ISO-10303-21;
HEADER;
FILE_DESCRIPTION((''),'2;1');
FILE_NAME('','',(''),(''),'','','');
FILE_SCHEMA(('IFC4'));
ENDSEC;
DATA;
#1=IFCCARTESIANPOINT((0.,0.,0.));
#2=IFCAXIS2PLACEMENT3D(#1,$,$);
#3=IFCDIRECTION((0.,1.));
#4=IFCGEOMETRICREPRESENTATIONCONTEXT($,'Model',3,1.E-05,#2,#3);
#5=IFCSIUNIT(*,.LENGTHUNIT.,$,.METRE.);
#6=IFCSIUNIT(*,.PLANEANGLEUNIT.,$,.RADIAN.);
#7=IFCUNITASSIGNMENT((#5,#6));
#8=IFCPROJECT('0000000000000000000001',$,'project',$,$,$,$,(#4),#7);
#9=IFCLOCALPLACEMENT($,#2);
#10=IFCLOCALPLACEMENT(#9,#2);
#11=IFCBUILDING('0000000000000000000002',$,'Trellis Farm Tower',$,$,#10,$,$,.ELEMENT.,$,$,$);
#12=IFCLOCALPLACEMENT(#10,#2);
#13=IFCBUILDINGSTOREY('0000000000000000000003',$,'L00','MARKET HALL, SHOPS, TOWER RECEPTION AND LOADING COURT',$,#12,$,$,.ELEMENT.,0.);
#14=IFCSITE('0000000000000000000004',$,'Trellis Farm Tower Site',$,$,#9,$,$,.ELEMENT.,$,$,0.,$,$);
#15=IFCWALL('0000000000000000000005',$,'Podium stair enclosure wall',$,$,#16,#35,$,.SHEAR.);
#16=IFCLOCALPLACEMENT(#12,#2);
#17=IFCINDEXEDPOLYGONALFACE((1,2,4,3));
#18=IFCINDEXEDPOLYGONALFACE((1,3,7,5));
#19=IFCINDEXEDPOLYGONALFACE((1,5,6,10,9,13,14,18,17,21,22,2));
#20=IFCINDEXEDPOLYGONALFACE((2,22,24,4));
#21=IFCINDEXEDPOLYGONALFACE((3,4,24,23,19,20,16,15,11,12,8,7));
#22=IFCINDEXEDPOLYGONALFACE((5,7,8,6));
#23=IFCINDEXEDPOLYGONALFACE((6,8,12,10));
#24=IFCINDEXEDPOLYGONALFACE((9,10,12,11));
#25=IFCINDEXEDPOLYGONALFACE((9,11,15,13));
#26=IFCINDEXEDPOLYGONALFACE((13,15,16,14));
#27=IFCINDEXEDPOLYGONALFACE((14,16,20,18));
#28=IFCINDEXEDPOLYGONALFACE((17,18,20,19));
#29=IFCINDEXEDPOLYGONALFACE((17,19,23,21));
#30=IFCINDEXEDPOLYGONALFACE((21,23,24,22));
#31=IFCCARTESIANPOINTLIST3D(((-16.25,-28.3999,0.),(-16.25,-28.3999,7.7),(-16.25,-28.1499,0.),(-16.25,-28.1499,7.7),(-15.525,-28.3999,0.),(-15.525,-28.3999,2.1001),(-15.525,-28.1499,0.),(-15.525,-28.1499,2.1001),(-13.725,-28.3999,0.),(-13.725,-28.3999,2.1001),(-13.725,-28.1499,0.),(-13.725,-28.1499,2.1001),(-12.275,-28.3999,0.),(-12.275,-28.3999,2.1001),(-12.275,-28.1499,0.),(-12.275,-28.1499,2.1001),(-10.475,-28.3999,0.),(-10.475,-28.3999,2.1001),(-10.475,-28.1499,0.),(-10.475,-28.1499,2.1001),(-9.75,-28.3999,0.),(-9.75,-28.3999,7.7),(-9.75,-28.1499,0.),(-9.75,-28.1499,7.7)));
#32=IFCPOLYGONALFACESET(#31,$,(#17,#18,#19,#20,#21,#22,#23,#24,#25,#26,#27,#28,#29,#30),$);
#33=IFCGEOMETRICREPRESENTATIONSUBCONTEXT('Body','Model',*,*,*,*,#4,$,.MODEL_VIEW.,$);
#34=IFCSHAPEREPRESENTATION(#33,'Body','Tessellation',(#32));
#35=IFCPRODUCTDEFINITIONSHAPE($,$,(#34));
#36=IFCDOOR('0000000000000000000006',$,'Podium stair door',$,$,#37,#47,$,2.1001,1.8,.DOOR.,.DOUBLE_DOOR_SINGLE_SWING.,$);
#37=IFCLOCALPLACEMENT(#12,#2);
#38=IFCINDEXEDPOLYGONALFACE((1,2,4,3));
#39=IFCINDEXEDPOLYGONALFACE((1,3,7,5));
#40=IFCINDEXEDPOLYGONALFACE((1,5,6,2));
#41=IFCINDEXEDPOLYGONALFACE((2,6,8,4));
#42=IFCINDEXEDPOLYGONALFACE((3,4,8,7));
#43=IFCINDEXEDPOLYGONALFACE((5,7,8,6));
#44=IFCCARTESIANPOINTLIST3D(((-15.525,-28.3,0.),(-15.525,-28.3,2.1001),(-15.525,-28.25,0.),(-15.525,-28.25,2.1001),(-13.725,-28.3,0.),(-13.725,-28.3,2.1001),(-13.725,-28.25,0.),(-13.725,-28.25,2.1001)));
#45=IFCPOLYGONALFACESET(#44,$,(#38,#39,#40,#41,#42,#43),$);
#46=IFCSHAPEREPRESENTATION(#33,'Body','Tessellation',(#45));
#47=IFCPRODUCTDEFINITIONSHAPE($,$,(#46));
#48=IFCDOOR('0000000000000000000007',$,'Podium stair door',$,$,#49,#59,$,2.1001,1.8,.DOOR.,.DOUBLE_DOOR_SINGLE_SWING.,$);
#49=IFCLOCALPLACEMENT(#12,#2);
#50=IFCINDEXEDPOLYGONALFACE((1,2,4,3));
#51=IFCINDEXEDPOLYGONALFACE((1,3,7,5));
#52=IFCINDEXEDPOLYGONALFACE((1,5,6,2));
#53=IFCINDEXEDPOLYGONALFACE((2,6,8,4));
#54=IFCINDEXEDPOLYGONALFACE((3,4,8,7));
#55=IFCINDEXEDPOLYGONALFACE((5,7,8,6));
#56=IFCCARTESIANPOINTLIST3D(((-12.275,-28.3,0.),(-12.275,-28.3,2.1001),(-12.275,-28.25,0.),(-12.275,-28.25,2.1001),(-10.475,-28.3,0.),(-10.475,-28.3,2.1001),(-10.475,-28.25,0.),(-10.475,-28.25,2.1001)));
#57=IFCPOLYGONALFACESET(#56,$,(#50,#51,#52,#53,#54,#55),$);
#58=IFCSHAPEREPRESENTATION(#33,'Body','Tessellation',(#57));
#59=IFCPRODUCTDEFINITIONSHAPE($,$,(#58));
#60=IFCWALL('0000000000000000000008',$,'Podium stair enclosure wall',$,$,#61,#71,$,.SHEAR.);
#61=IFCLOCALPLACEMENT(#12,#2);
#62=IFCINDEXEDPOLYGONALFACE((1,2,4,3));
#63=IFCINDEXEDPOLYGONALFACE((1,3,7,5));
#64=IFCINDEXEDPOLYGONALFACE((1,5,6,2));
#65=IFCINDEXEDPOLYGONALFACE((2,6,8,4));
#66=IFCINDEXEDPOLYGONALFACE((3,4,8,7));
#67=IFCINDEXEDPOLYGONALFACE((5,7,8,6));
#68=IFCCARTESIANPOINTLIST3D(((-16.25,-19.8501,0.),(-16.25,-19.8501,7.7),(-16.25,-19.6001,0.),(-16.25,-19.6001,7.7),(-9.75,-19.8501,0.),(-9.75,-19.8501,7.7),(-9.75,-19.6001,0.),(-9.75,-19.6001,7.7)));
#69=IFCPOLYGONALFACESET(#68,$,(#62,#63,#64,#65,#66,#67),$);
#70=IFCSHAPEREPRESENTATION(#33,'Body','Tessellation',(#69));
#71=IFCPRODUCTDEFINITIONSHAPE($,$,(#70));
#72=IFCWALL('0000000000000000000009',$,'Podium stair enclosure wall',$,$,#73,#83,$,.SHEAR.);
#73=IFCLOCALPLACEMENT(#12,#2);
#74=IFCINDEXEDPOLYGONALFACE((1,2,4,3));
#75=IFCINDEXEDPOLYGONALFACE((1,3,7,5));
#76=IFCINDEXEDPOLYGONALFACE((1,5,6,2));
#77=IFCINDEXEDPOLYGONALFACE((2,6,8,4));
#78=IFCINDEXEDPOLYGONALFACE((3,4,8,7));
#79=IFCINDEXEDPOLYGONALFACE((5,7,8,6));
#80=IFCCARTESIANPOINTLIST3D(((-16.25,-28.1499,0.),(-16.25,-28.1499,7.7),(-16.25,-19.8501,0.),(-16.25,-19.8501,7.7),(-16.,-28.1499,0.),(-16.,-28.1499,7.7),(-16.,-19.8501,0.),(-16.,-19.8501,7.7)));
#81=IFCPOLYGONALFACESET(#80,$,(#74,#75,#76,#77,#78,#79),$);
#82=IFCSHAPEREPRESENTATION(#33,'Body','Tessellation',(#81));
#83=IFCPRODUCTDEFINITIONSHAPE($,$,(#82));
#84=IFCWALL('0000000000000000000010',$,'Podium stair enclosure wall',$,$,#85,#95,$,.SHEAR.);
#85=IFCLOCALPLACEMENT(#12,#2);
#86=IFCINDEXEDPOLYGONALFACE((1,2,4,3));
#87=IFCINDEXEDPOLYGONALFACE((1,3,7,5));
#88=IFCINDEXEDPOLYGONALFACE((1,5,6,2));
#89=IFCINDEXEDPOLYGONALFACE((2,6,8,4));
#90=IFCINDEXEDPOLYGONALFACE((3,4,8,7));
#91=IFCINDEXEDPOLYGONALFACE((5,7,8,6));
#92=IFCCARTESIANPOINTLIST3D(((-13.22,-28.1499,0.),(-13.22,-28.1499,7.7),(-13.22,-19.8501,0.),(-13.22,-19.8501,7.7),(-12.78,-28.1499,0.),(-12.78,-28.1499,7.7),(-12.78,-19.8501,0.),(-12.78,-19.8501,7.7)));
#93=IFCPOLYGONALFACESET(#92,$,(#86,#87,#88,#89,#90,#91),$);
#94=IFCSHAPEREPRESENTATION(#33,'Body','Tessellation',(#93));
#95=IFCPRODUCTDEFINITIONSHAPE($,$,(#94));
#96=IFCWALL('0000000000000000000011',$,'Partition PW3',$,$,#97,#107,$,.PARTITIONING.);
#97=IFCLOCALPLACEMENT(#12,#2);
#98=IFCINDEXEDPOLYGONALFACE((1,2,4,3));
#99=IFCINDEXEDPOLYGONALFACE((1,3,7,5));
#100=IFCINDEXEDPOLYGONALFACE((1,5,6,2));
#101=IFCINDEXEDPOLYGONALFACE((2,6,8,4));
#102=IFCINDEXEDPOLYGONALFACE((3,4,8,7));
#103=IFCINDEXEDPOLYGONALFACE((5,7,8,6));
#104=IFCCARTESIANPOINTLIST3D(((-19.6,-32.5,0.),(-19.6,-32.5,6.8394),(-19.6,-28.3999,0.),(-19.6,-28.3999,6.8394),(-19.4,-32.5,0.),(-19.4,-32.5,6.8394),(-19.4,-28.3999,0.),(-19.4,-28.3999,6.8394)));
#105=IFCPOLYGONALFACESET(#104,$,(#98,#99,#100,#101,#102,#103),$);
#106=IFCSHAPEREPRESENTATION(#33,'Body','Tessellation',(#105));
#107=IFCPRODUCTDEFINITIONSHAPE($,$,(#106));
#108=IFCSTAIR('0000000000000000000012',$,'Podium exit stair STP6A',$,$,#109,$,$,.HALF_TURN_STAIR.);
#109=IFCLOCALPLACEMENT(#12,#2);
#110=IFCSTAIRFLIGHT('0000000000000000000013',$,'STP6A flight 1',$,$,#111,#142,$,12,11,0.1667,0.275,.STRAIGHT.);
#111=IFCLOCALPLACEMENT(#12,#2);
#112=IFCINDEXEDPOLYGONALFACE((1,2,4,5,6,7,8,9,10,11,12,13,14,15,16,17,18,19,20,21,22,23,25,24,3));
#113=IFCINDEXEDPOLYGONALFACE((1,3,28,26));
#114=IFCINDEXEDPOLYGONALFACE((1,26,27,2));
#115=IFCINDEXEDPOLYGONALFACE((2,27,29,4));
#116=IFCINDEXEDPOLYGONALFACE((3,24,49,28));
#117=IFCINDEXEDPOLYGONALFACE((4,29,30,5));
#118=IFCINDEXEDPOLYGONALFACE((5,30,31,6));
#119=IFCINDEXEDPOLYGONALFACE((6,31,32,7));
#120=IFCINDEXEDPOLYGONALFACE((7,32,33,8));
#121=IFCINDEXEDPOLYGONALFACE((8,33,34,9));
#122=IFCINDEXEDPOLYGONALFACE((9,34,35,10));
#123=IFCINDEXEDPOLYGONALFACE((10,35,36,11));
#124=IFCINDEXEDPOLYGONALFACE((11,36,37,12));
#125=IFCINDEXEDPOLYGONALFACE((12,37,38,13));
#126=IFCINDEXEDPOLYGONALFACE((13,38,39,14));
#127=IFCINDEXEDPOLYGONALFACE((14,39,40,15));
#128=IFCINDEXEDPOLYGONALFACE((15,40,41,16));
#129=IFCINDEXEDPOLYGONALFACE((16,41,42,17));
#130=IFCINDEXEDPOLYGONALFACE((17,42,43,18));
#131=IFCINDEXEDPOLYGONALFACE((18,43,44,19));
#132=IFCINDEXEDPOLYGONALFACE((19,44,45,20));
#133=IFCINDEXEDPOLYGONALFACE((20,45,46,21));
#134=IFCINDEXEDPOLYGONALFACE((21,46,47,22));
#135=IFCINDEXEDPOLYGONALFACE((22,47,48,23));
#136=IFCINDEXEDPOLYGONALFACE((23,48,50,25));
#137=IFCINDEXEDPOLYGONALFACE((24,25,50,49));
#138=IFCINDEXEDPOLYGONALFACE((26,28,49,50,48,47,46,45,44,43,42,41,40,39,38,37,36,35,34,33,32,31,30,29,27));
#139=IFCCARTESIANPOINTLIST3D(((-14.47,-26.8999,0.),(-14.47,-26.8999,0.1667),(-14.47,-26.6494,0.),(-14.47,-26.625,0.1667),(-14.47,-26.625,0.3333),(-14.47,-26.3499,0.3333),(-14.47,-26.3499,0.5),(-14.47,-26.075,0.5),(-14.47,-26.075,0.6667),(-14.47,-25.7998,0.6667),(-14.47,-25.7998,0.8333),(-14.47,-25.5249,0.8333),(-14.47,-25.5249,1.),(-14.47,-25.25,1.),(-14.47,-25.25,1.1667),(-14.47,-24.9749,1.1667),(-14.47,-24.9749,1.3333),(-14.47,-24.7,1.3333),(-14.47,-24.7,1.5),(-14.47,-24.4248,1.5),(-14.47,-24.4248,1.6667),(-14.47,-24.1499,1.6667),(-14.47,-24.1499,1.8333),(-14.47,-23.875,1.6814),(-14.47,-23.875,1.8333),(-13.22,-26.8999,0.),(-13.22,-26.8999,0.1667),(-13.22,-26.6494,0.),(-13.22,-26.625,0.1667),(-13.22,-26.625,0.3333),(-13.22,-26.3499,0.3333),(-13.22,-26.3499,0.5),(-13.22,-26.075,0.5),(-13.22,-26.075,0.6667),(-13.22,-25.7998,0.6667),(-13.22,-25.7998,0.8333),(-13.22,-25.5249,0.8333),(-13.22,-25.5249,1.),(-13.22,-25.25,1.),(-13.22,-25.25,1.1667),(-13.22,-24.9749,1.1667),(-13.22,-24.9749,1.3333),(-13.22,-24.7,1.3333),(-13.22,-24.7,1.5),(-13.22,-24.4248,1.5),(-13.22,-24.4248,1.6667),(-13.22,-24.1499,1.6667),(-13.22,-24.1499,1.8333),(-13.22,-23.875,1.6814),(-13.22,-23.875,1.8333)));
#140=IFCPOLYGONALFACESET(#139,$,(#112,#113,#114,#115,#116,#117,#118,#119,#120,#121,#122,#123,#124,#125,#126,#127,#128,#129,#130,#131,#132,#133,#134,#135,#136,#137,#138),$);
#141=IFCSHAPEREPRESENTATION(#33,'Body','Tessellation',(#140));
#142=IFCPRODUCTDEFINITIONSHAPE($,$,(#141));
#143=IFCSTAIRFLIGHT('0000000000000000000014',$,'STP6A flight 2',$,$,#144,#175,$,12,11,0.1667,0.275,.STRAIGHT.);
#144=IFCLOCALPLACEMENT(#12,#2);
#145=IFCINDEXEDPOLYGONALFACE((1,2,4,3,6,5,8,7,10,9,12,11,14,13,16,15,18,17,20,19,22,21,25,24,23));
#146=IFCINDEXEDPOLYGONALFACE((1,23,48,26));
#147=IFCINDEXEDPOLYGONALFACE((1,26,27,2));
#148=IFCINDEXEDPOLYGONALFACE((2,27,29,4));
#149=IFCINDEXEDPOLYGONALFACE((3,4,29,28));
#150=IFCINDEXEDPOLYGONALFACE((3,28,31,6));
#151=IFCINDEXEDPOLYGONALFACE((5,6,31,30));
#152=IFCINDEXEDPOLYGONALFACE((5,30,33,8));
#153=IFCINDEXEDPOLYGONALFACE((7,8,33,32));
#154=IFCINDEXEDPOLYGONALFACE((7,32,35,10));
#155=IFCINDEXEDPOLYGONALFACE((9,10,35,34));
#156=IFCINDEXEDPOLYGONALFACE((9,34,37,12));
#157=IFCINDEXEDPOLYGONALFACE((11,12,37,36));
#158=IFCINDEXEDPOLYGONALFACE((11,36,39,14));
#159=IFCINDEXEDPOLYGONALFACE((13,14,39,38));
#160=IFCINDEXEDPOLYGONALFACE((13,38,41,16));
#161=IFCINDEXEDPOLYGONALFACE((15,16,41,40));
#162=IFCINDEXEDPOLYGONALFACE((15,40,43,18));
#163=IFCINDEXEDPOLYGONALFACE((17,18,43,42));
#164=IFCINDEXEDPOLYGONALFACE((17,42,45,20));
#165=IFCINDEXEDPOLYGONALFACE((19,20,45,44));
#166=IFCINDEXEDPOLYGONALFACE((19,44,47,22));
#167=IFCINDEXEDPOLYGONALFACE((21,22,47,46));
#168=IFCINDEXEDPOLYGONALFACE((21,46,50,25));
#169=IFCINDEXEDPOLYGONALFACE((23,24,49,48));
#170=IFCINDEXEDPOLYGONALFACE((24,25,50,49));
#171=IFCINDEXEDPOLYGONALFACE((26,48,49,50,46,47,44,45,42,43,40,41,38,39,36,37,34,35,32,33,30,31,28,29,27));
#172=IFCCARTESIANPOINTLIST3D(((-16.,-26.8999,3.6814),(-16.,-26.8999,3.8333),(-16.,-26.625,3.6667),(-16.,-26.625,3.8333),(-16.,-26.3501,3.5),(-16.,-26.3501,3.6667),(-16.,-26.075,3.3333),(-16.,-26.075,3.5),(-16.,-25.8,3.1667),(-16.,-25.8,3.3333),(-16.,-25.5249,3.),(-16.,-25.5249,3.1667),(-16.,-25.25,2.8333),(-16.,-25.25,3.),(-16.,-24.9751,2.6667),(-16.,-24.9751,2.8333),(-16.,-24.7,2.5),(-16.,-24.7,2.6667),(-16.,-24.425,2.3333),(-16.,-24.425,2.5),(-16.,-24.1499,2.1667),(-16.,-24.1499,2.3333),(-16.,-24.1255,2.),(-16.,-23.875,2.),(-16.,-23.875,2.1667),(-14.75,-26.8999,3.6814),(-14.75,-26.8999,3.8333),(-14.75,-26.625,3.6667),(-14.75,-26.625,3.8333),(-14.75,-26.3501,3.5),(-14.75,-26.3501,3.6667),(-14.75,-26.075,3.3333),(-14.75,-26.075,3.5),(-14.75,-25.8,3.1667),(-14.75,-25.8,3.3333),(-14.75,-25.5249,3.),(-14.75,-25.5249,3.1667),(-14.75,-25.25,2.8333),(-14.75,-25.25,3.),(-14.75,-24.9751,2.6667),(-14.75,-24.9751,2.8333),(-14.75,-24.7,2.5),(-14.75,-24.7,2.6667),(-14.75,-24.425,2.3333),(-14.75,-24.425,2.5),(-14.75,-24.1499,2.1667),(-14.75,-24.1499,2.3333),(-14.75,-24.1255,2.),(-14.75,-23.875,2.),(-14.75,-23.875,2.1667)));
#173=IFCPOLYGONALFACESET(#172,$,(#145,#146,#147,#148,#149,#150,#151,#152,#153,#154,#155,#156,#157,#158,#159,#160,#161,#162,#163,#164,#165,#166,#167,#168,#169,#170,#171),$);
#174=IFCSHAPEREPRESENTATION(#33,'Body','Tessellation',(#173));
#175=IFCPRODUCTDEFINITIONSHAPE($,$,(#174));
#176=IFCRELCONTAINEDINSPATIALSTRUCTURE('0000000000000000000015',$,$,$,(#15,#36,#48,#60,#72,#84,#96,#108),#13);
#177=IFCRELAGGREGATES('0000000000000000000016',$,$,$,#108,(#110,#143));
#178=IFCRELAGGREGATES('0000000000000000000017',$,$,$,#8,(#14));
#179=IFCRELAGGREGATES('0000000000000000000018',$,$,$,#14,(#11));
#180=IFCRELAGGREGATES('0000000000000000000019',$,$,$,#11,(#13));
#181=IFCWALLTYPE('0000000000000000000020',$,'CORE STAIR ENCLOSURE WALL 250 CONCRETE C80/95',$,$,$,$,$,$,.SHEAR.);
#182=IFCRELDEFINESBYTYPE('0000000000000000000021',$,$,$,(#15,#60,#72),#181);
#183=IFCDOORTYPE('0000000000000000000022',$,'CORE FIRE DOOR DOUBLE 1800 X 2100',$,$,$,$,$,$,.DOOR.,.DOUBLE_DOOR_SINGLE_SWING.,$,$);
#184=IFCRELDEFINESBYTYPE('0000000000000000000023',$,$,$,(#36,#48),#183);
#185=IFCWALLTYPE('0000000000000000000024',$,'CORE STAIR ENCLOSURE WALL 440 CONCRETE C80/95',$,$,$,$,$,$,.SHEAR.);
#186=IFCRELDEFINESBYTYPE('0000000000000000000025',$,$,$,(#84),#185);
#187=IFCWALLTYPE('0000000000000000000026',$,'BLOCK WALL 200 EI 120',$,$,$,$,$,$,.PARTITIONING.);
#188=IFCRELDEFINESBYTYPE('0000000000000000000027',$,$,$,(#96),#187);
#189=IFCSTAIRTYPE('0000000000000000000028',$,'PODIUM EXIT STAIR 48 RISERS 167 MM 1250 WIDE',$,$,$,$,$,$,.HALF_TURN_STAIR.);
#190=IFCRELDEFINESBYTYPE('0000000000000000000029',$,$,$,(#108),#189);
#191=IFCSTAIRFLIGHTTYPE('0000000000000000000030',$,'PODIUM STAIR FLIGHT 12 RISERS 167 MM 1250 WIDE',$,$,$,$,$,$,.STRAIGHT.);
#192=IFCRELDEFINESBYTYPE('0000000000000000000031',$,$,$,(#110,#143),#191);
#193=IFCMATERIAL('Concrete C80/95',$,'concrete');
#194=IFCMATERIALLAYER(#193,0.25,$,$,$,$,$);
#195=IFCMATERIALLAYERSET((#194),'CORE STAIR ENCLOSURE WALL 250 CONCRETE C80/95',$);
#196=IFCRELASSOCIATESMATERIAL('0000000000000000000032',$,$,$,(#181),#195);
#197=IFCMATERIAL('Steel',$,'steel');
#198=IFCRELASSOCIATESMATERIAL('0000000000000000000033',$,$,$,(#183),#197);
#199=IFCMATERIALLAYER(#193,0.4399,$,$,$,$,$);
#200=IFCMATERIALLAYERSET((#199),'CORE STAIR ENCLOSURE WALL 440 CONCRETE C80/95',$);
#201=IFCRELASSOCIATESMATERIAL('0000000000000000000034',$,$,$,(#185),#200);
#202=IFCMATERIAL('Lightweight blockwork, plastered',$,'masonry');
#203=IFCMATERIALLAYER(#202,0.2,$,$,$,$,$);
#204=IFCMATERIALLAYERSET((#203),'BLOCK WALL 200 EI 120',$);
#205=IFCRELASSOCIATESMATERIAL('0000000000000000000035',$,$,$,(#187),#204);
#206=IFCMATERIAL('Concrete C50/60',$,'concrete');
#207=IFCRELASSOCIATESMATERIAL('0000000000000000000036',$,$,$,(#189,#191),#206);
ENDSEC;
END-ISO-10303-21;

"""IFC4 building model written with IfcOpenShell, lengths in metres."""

from ifc_helpers import new_model, si_unit, direction, frame, frame_2d, origin, place, context, subcontext, project, spatial, polyline, rectangle, outline, extrude, source, transform, mapped, material, layer, layer_set, type_object, element, fill, aggregate, save


model = new_model("IFC4")

# Units and contexts
model_context = context("Model", 3, precision=1e-05, world=origin(), true_north=direction((0.0, 1.0)))
body_context = subcontext(model_context, "Body", "Model", "MODEL_VIEW")
ifc_project = project(units=[si_unit("LENGTHUNIT", "METRE"), si_unit("PLANEANGLEUNIT", "RADIAN")], contexts=[model_context])

# Site, building, storey
site_placement = place(None, origin())
site = spatial("IfcSite", under=ifc_project, at=site_placement, Name="Trellis Farm Tower Site", CompositionType="ELEMENT", RefElevation=0.0)
building_placement = place(site_placement, origin())
building = spatial("IfcBuilding", under=site, at=building_placement, Name="Trellis Farm Tower", CompositionType="ELEMENT")
storey_placement = place(building_placement, origin())
storey = spatial("IfcBuildingStorey", under=building, at=storey_placement, Name="L00", Description="MARKET HALL, SHOPS, TOWER RECEPTION AND LOADING COURT", CompositionType="ELEMENT", Elevation=0.0)

# Wall, openings, doors
ifc_material_1 = material(Name="Concrete C80/95", Category="concrete")
ifc_layer_1 = layer(ifc_material_1, 0.25)
ifc_layer_set_1 = layer_set([ifc_layer_1], Name="CORE STAIR ENCLOSURE WALL 250 CONCRETE C80/95")
wall_type_1 = type_object("IfcWallType", Name="CORE STAIR ENCLOSURE WALL 250 CONCRETE C80/95", PredefinedType="SHEAR", material=ifc_layer_set_1)
shared_shape_1 = source(origin(), body_context, "Body", "SweptSolid", [
    extrude(rectangle(XDim=6.5, YDim=0.25, at=frame_2d((3.25, 0.0))), origin(), (0.0, 0.0, 1.0), 7.7),
])
wall_1_placement = place(storey_placement, frame((-16.25, -28.2749, 0.0), z_axis=(0.0, 0.0, 1.0), x_axis=(1.0, 0.0, 0.0)))
wall_1 = element("IfcWall", 1, at=wall_1_placement, inside=storey, type_object=wall_type_1, Name="Podium stair enclosure wall", PredefinedType="SHEAR", context=body_context, shape_type="MappedRepresentation", body=[
    mapped(shared_shape_1, transform((0.0, 0.0, 0.0))),
])
shared_shape_2 = source(origin(), body_context, "Body", "SweptSolid", [
    extrude(rectangle(XDim=1.8, YDim=2.1001, at=frame_2d((0.8999, 1.05))), frame((0.0, 0.135, 0.0), z_axis=(0.0, -1.0, 0.0), x_axis=(1.0, 0.0, 0.0)), (0.0, 0.0, 1.0), 0.27),
])
opening_1_placement = place(wall_1_placement, frame((0.7251, 0.0, 0.0)))
opening_1 = element("IfcOpeningElement", 2, at=opening_1_placement, cuts=wall_1, PredefinedType="OPENING", context=body_context, shape_type="MappedRepresentation", body=[
    mapped(shared_shape_2, transform((0.0, 0.0, 0.0))),
])
opening_2_placement = place(wall_1_placement, frame((3.9751, 0.0, 0.0)))
opening_2 = element("IfcOpeningElement", 3, at=opening_2_placement, cuts=wall_1, PredefinedType="OPENING", context=body_context, shape_type="MappedRepresentation", body=[
    mapped(shared_shape_2, transform((0.0, 0.0, 0.0))),
])
ifc_material_2 = material(Name="Steel", Category="steel")
door_type = type_object("IfcDoorType", Name="CORE FIRE DOOR DOUBLE 1800 X 2100", OperationType="DOUBLE_DOOR_SINGLE_SWING", PredefinedType="DOOR", material=ifc_material_2)
shared_shape_3 = source(origin(), body_context, "Body", "SweptSolid", [
    extrude(rectangle(XDim=1.8, YDim=2.1001, at=frame_2d((0.8999, 1.05))), frame((0.0, 0.0249, 0.0), z_axis=(0.0, -1.0, 0.0), x_axis=(1.0, 0.0, 0.0)), (0.0, 0.0, 1.0), 0.05),
])
door_1_placement = place(opening_1_placement, origin())
door_1 = element("IfcDoor", 4, at=door_1_placement, inside=storey, type_object=door_type, Name="Podium stair door", OperationType="DOUBLE_DOOR_SINGLE_SWING", OverallHeight=2.1001, OverallWidth=1.8, PredefinedType="DOOR", context=body_context, shape_type="MappedRepresentation", body=[
    mapped(shared_shape_3, transform((0.0, 0.0, 0.0))),
])
fill(opening_1, door_1)
door_2_placement = place(opening_2_placement, origin())
door_2 = element("IfcDoor", 5, at=door_2_placement, inside=storey, type_object=door_type, Name="Podium stair door", OperationType="DOUBLE_DOOR_SINGLE_SWING", OverallHeight=2.1001, OverallWidth=1.8, PredefinedType="DOOR", context=body_context, shape_type="MappedRepresentation", body=[
    mapped(shared_shape_3, transform((0.0, 0.0, 0.0))),
])
fill(opening_2, door_2)

# Walls
wall_2_placement = place(storey_placement, frame((-16.25, -19.7251, 0.0), z_axis=(0.0, 0.0, 1.0), x_axis=(1.0, 0.0, 0.0)))
element("IfcWall", 6, at=wall_2_placement, inside=storey, type_object=wall_type_1, Name="Podium stair enclosure wall", PredefinedType="SHEAR", context=body_context, shape_type="MappedRepresentation", body=[
    mapped(shared_shape_1, transform((0.0, 0.0, 0.0))),
])
shared_shape_4 = source(origin(), body_context, "Body", "SweptSolid", [
    extrude(rectangle(XDim=8.2998, YDim=0.25, at=frame_2d((4.1499, 0.0))), origin(), (0.0, 0.0, 1.0), 7.7),
])
wall_3_placement = place(storey_placement, frame((-16.125, -28.1499, 0.0), z_axis=(0.0, 0.0, 1.0), x_axis=(0.0, 1.0, 0.0)))
element("IfcWall", 7, at=wall_3_placement, inside=storey, type_object=wall_type_1, Name="Podium stair enclosure wall", PredefinedType="SHEAR", context=body_context, shape_type="MappedRepresentation", body=[
    mapped(shared_shape_4, transform((0.0, 0.0, 0.0))),
])
ifc_layer_2 = layer(ifc_material_1, 0.4399)
ifc_layer_set_2 = layer_set([ifc_layer_2], Name="CORE STAIR ENCLOSURE WALL 440 CONCRETE C80/95")
wall_type_2 = type_object("IfcWallType", Name="CORE STAIR ENCLOSURE WALL 440 CONCRETE C80/95", PredefinedType="SHEAR", material=ifc_layer_set_2)
shared_shape_5 = source(origin(), body_context, "Body", "SweptSolid", [
    extrude(rectangle(XDim=8.2998, YDim=0.4399, at=frame_2d((4.1499, 0.0))), origin(), (0.0, 0.0, 1.0), 7.7),
])
wall_4_placement = place(storey_placement, frame((-13.0, -28.1499, 0.0), z_axis=(0.0, 0.0, 1.0), x_axis=(0.0, 1.0, 0.0)))
element("IfcWall", 8, at=wall_4_placement, inside=storey, type_object=wall_type_2, Name="Podium stair enclosure wall", PredefinedType="SHEAR", context=body_context, shape_type="MappedRepresentation", body=[
    mapped(shared_shape_5, transform((0.0, 0.0, 0.0))),
])
ifc_material_3 = material(Name="Lightweight blockwork, plastered", Category="masonry")
ifc_layer_3 = layer(ifc_material_3, 0.2)
ifc_layer_set_3 = layer_set([ifc_layer_3], Name="BLOCK WALL 200 EI 120")
wall_type_3 = type_object("IfcWallType", Name="BLOCK WALL 200 EI 120", PredefinedType="PARTITIONING", material=ifc_layer_set_3)
shared_shape_6 = source(origin(), body_context, "Body", "SweptSolid", [
    extrude(rectangle(XDim=4.1001, YDim=0.2, at=frame_2d((2.05, 0.0))), origin(), (0.0, 0.0, 1.0), 6.8394),
])
wall_5_placement = place(storey_placement, frame((-19.5, -28.3999, 0.0), z_axis=(0.0, 0.0, 1.0), x_axis=(0.0, -1.0, 0.0)))
element("IfcWall", 9, at=wall_5_placement, inside=storey, type_object=wall_type_3, Name="Partition PW3", PredefinedType="PARTITIONING", context=body_context, shape_type="MappedRepresentation", body=[
    mapped(shared_shape_6, transform((0.0, 0.0, 0.0))),
])

# Stair, stair flights
ifc_material_4 = material(Name="Concrete C50/60", Category="concrete")
stair_type = type_object("IfcStairType", Name="PODIUM EXIT STAIR 48 RISERS 167 MM 1250 WIDE", PredefinedType="HALF_TURN_STAIR", material=ifc_material_4)
placement = place(storey_placement, origin())
stair_1 = element("IfcStair", 10, at=placement, inside=storey, type_object=stair_type, Name="Podium exit stair STP6A", PredefinedType="HALF_TURN_STAIR")
stair_flight_type = type_object("IfcStairFlightType", Name="PODIUM STAIR FLIGHT 12 RISERS 167 MM 1250 WIDE", PredefinedType="STRAIGHT", material=ifc_material_4)
shared_shape_7 = source(origin(), body_context, "Body", "SweptSolid", [
    extrude(outline(polyline([(0.0, 0.0), (0.0, 0.1667), (0.2749, 0.1667), (0.2749, 0.3333), (0.55, 0.3333), (0.55, 0.5), (0.825, 0.5), (0.825, 0.6667), (1.1001, 0.6667), (1.1001, 0.8333), (1.375, 0.8333), (1.375, 1.0), (1.6499, 1.0), (1.6499, 1.1667), (1.925, 1.1667), (1.925, 1.3333), (2.2, 1.3333), (2.2, 1.5), (2.4751, 1.5), (2.4751, 1.6667), (2.75, 1.6667), (2.75, 1.8333), (3.0249, 1.8333), (3.0249, 2.0), (3.0249, 1.6814), (0.2505, 0.0), (0.0, 0.0)])), frame((0.0, 0.625, 0.0), z_axis=(0.0, -1.0, 0.0), x_axis=(1.0, 0.0, 0.0)), (0.0, 0.0, 1.0), 1.25),
])
stair_flight_1_placement = place(storey_placement, frame((-13.845, -26.8999, 0.0), z_axis=(0.0, 0.0, 1.0), x_axis=(0.0, 1.0, 0.0)))
stair_flight_1 = element("IfcStairFlight", 11, at=stair_flight_1_placement, type_object=stair_flight_type, Name="STP6A flight 1", NumberOfRisers=12, NumberOfTreads=11, PredefinedType="STRAIGHT", RiserHeight=0.1667, TreadLength=0.275, context=body_context, shape_type="MappedRepresentation", body=[
    mapped(shared_shape_7, transform((0.0, 0.0, 0.0))),
])
stair_flight_2_placement = place(storey_placement, frame((-15.375, -23.875, 2.0), z_axis=(0.0, 0.0, 1.0), x_axis=(0.0, -1.0, 0.0)))
stair_flight_2 = element("IfcStairFlight", 12, at=stair_flight_2_placement, type_object=stair_flight_type, Name="STP6A flight 2", NumberOfRisers=12, NumberOfTreads=11, PredefinedType="STRAIGHT", RiserHeight=0.1667, TreadLength=0.275, context=body_context, shape_type="MappedRepresentation", body=[
    mapped(shared_shape_7, transform((0.0, 0.0, 0.0))),
])
aggregate(stair_1, [stair_flight_1, stair_flight_2])

save(model, "model.ifc")
